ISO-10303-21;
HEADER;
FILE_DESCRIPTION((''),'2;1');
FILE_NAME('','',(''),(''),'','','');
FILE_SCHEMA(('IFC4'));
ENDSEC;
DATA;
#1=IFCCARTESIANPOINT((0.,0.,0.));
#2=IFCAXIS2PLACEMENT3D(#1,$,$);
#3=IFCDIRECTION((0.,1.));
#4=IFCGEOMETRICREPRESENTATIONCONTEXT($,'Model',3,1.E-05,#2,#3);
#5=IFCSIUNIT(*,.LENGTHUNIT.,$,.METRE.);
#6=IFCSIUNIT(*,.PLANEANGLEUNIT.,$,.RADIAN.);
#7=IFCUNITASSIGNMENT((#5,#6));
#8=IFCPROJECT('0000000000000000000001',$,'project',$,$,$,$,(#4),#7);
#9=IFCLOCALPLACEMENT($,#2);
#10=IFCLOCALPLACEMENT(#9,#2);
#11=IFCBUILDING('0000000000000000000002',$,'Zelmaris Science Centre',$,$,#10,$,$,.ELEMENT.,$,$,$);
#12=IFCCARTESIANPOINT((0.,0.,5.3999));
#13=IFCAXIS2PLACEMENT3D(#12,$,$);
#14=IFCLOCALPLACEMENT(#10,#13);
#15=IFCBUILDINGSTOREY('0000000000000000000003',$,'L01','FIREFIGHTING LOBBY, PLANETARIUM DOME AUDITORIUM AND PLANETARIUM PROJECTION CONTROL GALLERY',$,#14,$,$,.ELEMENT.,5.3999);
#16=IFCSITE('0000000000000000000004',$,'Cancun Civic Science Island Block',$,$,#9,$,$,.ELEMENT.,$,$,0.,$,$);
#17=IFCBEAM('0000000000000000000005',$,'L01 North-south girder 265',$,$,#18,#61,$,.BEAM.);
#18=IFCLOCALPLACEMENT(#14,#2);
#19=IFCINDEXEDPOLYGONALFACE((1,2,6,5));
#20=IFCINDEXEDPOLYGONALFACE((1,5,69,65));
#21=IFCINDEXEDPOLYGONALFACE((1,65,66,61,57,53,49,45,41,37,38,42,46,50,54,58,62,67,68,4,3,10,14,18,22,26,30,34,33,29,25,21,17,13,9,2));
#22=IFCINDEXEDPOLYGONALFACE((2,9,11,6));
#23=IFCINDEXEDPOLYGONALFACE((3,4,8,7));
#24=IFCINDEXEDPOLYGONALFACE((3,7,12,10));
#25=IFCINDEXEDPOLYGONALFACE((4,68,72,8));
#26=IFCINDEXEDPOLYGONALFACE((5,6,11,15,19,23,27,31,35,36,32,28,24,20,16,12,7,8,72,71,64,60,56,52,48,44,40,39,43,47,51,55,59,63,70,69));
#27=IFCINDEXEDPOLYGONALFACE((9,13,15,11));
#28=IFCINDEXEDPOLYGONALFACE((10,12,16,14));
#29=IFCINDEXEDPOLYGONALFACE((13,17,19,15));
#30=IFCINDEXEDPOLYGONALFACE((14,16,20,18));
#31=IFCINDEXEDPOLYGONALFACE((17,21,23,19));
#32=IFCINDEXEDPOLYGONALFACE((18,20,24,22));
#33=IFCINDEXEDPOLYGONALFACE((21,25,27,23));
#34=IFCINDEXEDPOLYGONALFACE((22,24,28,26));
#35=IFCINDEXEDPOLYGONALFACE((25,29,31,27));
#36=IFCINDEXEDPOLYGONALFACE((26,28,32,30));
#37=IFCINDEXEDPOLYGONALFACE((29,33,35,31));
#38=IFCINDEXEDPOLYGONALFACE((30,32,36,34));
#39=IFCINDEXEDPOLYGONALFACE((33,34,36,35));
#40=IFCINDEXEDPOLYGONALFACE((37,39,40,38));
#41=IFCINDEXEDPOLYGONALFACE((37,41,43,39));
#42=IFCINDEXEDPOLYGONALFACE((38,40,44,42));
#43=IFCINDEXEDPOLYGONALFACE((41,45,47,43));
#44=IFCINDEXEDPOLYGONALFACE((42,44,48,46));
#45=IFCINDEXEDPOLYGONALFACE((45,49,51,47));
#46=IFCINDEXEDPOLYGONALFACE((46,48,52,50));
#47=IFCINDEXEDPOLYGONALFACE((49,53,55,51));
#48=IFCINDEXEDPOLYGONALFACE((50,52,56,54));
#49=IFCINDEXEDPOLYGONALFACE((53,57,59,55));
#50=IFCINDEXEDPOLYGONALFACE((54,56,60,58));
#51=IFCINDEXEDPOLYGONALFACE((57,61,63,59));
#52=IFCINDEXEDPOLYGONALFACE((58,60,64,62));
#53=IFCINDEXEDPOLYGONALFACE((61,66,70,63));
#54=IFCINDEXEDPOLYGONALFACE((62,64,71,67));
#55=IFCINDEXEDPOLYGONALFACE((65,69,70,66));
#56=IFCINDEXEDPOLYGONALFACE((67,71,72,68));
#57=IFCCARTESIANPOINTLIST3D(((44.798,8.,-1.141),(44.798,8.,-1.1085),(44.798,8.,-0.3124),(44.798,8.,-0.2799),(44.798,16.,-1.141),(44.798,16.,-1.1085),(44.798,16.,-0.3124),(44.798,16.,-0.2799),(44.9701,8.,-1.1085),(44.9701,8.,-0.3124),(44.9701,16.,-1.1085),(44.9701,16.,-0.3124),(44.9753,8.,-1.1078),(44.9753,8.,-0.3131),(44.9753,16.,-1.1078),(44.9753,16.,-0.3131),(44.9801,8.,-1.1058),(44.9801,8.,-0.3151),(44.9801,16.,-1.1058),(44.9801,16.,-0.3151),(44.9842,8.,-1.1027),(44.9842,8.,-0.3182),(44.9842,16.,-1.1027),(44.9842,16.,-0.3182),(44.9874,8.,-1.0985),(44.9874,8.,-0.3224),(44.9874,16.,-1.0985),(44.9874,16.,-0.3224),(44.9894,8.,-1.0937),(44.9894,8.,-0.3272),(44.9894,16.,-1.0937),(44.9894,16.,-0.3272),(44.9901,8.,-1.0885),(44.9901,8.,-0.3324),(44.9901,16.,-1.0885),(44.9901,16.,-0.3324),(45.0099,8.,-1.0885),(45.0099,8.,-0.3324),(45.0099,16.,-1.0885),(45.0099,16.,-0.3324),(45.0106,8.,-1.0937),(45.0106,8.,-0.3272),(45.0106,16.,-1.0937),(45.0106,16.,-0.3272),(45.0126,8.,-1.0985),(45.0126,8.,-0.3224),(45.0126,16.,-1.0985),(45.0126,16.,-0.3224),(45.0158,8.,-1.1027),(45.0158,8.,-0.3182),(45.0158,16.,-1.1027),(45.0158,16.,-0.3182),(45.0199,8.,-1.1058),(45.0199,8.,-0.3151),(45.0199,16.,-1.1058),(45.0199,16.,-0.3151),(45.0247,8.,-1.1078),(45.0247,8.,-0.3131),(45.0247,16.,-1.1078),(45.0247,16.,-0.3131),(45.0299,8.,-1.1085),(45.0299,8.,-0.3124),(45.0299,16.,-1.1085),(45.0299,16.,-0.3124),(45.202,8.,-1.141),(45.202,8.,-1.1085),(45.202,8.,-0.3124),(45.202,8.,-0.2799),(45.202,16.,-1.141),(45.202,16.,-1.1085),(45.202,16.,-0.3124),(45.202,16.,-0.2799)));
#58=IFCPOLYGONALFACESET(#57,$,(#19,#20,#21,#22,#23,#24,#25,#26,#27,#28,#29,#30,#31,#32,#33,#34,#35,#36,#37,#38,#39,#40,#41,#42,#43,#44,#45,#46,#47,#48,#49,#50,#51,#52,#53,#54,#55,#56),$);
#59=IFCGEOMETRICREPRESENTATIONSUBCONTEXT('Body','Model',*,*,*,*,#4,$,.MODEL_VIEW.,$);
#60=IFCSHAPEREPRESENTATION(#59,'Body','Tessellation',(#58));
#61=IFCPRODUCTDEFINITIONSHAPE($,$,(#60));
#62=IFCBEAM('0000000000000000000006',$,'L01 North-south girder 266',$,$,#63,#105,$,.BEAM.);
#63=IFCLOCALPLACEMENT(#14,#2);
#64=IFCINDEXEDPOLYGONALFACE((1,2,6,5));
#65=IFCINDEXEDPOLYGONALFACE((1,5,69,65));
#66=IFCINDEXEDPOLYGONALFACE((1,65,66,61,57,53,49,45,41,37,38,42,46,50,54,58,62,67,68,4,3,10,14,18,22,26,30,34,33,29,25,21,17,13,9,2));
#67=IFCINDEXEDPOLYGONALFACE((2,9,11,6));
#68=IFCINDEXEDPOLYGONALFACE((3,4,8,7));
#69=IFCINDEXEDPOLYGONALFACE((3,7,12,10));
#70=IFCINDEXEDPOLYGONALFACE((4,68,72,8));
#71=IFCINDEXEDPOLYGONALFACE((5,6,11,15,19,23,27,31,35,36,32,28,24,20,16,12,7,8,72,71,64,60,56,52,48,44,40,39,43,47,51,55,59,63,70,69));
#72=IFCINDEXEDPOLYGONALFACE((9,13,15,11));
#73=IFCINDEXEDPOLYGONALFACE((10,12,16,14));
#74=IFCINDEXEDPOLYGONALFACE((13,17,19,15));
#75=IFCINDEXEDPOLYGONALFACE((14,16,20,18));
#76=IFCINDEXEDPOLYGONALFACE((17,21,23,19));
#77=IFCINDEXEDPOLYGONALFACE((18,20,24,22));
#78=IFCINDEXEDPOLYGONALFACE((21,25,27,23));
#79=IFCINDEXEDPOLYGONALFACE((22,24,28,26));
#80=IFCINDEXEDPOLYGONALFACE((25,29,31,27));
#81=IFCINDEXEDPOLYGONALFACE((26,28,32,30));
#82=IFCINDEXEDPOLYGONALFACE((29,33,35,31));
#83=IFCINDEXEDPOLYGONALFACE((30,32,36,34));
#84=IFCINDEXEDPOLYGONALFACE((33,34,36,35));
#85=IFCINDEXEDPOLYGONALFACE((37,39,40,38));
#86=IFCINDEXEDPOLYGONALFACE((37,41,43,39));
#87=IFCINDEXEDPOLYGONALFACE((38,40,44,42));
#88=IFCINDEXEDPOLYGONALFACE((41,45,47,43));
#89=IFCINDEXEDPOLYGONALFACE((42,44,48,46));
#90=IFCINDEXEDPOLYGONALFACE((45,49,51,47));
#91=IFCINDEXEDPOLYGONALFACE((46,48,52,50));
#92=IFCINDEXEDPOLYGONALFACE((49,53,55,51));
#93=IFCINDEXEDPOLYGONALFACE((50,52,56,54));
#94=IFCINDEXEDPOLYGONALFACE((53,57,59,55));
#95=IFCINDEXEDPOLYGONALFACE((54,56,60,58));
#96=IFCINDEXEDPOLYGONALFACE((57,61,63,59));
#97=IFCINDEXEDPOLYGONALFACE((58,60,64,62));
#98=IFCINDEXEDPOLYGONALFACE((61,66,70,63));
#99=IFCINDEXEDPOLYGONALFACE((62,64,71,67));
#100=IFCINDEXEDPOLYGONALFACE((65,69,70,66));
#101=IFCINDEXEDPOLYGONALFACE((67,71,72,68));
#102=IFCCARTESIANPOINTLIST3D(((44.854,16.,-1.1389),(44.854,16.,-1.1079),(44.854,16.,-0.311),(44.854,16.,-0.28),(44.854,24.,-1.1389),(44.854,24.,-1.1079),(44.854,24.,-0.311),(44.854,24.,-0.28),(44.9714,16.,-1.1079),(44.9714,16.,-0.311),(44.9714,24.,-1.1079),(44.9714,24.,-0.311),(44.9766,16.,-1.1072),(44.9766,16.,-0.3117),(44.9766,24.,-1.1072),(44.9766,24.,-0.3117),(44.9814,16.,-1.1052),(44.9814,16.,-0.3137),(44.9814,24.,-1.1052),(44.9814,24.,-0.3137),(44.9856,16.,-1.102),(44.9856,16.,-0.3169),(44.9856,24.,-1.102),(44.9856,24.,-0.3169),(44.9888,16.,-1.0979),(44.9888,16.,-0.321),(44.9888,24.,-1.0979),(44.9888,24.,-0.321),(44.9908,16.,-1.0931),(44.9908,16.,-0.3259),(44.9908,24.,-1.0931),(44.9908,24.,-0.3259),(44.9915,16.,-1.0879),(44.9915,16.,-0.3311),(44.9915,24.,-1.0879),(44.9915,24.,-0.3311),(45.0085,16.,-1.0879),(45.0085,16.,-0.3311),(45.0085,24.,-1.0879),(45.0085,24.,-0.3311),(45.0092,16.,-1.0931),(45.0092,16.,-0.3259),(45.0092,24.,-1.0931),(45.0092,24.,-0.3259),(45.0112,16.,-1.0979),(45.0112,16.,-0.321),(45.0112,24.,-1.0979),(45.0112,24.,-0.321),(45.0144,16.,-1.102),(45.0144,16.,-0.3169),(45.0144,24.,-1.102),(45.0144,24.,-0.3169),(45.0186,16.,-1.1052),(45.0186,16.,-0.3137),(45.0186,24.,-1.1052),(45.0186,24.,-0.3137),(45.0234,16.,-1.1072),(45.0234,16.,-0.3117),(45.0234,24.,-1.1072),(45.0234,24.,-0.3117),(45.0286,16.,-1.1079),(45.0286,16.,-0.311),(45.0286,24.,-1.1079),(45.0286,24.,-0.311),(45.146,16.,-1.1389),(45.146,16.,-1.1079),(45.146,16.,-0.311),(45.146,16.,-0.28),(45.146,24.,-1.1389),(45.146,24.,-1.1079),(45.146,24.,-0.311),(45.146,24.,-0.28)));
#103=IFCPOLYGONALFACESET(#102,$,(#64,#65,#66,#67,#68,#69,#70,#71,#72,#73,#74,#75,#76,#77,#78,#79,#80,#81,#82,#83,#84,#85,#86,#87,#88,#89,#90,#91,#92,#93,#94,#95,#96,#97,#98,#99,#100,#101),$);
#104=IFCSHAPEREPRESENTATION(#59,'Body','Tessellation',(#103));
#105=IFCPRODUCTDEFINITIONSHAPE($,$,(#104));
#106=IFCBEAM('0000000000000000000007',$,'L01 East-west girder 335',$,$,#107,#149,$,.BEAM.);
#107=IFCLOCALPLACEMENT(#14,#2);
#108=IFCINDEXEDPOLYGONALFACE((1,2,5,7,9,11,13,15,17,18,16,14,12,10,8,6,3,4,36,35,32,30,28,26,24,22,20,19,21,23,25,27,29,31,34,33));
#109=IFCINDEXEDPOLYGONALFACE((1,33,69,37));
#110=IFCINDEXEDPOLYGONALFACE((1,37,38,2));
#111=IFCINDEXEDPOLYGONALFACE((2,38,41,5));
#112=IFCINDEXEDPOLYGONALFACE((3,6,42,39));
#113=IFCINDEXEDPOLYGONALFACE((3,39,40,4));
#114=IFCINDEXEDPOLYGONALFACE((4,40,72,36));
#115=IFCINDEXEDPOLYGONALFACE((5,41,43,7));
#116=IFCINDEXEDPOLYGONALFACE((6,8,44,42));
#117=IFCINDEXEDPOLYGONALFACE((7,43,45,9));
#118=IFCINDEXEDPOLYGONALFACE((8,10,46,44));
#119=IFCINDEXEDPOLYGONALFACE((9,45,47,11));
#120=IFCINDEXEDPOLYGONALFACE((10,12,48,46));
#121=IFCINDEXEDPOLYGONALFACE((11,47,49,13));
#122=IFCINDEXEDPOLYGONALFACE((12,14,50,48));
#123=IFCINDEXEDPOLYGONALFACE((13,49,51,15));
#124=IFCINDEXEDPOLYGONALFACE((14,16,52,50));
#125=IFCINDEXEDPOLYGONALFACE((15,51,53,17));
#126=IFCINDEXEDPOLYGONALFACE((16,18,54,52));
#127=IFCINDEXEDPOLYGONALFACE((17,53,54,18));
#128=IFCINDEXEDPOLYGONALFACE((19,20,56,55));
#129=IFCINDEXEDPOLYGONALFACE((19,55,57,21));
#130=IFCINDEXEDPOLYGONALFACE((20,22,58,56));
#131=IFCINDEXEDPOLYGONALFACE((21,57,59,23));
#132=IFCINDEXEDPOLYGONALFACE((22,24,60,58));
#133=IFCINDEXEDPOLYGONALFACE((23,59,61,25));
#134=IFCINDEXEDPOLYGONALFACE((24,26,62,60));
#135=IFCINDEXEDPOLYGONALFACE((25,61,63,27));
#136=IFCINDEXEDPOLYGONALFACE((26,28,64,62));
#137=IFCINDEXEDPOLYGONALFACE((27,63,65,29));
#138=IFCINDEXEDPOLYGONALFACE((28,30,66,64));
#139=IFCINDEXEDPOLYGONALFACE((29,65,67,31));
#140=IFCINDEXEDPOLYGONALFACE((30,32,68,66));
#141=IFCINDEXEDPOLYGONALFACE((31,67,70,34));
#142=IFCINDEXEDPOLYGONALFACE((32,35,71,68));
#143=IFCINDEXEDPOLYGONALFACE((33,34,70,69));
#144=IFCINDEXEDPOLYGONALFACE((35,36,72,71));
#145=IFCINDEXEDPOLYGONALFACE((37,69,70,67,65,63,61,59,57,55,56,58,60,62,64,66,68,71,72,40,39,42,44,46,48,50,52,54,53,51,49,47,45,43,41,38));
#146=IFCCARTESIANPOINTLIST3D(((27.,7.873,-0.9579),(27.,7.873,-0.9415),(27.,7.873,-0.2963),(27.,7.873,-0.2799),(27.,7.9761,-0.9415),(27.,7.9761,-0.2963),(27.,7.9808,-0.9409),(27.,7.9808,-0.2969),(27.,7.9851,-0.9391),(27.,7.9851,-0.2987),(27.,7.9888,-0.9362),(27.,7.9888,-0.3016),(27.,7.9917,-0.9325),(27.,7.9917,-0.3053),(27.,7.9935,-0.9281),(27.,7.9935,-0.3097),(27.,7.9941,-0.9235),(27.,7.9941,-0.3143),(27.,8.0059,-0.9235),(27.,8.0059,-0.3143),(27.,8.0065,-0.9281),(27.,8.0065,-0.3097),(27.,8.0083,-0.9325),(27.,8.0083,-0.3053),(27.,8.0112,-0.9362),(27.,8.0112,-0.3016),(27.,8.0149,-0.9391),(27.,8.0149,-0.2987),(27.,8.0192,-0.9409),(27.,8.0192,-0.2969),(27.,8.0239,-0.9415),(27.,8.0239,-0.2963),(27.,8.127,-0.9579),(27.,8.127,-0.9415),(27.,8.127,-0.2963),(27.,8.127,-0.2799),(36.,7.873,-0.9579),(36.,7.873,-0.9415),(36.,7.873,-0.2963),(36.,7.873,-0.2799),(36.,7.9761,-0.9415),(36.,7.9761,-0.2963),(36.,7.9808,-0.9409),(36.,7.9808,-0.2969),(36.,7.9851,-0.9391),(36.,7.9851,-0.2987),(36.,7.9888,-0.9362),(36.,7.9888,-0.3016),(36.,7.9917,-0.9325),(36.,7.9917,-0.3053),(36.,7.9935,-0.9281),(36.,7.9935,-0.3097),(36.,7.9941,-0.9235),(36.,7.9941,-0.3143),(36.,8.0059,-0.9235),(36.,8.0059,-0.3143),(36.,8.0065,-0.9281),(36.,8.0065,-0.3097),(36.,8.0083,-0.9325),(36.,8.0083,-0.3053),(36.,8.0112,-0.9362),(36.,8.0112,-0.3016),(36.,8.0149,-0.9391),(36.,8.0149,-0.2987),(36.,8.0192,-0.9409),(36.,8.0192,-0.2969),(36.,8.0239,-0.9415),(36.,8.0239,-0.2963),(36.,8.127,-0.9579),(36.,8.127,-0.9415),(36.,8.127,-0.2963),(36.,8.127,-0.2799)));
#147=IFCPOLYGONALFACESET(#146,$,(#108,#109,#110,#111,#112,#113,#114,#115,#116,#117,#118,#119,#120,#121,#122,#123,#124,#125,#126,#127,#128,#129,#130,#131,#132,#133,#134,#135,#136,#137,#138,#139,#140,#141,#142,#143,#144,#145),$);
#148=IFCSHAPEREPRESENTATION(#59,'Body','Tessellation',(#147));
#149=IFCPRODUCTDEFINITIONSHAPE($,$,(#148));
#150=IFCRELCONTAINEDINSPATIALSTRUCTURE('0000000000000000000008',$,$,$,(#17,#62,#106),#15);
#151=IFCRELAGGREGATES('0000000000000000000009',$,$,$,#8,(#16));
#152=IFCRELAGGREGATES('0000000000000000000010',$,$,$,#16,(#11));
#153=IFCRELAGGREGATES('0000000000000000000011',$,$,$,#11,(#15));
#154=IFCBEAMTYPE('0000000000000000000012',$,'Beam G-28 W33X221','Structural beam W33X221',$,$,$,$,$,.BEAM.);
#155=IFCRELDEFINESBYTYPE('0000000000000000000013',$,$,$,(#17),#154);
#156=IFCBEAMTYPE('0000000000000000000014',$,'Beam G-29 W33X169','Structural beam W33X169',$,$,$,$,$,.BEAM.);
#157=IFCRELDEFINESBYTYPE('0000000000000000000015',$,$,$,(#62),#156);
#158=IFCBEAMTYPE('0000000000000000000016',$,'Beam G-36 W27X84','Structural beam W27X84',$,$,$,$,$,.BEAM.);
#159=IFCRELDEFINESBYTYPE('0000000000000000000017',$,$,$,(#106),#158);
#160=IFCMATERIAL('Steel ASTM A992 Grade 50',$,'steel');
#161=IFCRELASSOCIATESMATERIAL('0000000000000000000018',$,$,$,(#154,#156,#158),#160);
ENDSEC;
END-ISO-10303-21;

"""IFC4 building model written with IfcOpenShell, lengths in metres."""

from ifc_helpers import new_model, si_unit, direction, frame, origin, origin_2d, place, context, subcontext, project, spatial, i_section, extrude, material, material_profile, profile_set, type_object, element, save


model = new_model("IFC4")

# Units and contexts
model_context = context("Model", 3, precision=1e-05, world=origin(), true_north=direction((0.0, 1.0)))
body_context = subcontext(model_context, "Body", "Model", "MODEL_VIEW")
ifc_project = project(units=[si_unit("LENGTHUNIT", "METRE"), si_unit("PLANEANGLEUNIT", "RADIAN")], contexts=[model_context])

# Site, building, storey
site_placement = place(None, origin())
site = spatial("IfcSite", under=ifc_project, at=site_placement, Name="Cancun Civic Science Island Block", CompositionType="ELEMENT", RefElevation=0.0)
building_placement = place(site_placement, origin())
building = spatial("IfcBuilding", under=site, at=building_placement, Name="Zelmaris Science Centre", CompositionType="ELEMENT")
storey_placement = place(building_placement, frame((0.0, 0.0, 5.3999)))
storey = spatial("IfcBuildingStorey", under=building, at=storey_placement, Name="L01", Description="FIREFIGHTING LOBBY, PLANETARIUM DOME AUDITORIUM AND PLANETARIUM PROJECTION CONTROL GALLERY", CompositionType="ELEMENT", Elevation=5.3999)

# Shared definitions
ifc_material_1 = material(Name="Steel ASTM A992 Grade 50", Category="steel")

# Beams
ifc_material_profile_1 = material_profile(ifc_material_1, i_section(OverallWidth=0.4041, OverallDepth=0.8611, WebThickness=0.0198, FlangeThickness=0.0325, FilletRadius=0.02, at=origin_2d()), Name="W33X221")
ifc_profile_set_1 = profile_set([ifc_material_profile_1], Name="Steel ASTM A992 Grade 50")
beam_type_1 = type_object("IfcBeamType", Name="Beam G-28 W33X221", Description="Structural beam W33X221", PredefinedType="BEAM", material=ifc_profile_set_1)
beam_1_placement = place(storey_placement, frame((45.0, 8.0, -0.7104), z_axis=(0.0, 1.0, 0.0), x_axis=(-1.0, 0.0, 0.0)))
element("IfcBeam", 1, at=beam_1_placement, inside=storey, type_object=beam_type_1, Name="L01 North-south girder 265", PredefinedType="BEAM", context=body_context, shape_type="SweptSolid", body=[
    extrude(i_section(OverallWidth=0.4041, OverallDepth=0.8611, WebThickness=0.0198, FlangeThickness=0.0325, FilletRadius=0.02, at=origin_2d()), origin(), (0.0, 0.0, 1.0), 8.0),
])
ifc_material_profile_2 = material_profile(ifc_material_1, i_section(OverallWidth=0.292, OverallDepth=0.8589, WebThickness=0.0171, FlangeThickness=0.031, FilletRadius=0.02, at=origin_2d()), Name="W33X169")
ifc_profile_set_2 = profile_set([ifc_material_profile_2], Name="Steel ASTM A992 Grade 50")
beam_type_2 = type_object("IfcBeamType", Name="Beam G-29 W33X169", Description="Structural beam W33X169", PredefinedType="BEAM", material=ifc_profile_set_2)
beam_2_placement = place(storey_placement, frame((45.0, 16.0, -0.7095), z_axis=(0.0, 1.0, 0.0), x_axis=(-1.0, 0.0, 0.0)))
element("IfcBeam", 2, at=beam_2_placement, inside=storey, type_object=beam_type_2, Name="L01 North-south girder 266", PredefinedType="BEAM", context=body_context, shape_type="SweptSolid", body=[
    extrude(i_section(OverallWidth=0.292, OverallDepth=0.8589, WebThickness=0.0171, FlangeThickness=0.031, FilletRadius=0.02, at=origin_2d()), origin(), (0.0, 0.0, 1.0), 8.0),
])
ifc_material_profile_3 = material_profile(ifc_material_1, i_section(OverallWidth=0.2539, OverallDepth=0.678, WebThickness=0.0117, FlangeThickness=0.0164, FilletRadius=0.0181, at=origin_2d()), Name="W27X84")
ifc_profile_set_3 = profile_set([ifc_material_profile_3], Name="Steel ASTM A992 Grade 50")
beam_type_3 = type_object("IfcBeamType", Name="Beam G-36 W27X84", Description="Structural beam W27X84", PredefinedType="BEAM", material=ifc_profile_set_3)
beam_3_placement = place(storey_placement, frame((27.0, 8.0, -0.6189), z_axis=(1.0, 0.0, 0.0), x_axis=(0.0, 1.0, 0.0)))
element("IfcBeam", 3, at=beam_3_placement, inside=storey, type_object=beam_type_3, Name="L01 East-west girder 335", PredefinedType="BEAM", context=body_context, shape_type="SweptSolid", body=[
    extrude(i_section(OverallWidth=0.2539, OverallDepth=0.678, WebThickness=0.0117, FlangeThickness=0.0164, FilletRadius=0.0181, at=origin_2d()), origin(), (0.0, 0.0, 1.0), 9.0),
])

save(model, "model.ifc")
